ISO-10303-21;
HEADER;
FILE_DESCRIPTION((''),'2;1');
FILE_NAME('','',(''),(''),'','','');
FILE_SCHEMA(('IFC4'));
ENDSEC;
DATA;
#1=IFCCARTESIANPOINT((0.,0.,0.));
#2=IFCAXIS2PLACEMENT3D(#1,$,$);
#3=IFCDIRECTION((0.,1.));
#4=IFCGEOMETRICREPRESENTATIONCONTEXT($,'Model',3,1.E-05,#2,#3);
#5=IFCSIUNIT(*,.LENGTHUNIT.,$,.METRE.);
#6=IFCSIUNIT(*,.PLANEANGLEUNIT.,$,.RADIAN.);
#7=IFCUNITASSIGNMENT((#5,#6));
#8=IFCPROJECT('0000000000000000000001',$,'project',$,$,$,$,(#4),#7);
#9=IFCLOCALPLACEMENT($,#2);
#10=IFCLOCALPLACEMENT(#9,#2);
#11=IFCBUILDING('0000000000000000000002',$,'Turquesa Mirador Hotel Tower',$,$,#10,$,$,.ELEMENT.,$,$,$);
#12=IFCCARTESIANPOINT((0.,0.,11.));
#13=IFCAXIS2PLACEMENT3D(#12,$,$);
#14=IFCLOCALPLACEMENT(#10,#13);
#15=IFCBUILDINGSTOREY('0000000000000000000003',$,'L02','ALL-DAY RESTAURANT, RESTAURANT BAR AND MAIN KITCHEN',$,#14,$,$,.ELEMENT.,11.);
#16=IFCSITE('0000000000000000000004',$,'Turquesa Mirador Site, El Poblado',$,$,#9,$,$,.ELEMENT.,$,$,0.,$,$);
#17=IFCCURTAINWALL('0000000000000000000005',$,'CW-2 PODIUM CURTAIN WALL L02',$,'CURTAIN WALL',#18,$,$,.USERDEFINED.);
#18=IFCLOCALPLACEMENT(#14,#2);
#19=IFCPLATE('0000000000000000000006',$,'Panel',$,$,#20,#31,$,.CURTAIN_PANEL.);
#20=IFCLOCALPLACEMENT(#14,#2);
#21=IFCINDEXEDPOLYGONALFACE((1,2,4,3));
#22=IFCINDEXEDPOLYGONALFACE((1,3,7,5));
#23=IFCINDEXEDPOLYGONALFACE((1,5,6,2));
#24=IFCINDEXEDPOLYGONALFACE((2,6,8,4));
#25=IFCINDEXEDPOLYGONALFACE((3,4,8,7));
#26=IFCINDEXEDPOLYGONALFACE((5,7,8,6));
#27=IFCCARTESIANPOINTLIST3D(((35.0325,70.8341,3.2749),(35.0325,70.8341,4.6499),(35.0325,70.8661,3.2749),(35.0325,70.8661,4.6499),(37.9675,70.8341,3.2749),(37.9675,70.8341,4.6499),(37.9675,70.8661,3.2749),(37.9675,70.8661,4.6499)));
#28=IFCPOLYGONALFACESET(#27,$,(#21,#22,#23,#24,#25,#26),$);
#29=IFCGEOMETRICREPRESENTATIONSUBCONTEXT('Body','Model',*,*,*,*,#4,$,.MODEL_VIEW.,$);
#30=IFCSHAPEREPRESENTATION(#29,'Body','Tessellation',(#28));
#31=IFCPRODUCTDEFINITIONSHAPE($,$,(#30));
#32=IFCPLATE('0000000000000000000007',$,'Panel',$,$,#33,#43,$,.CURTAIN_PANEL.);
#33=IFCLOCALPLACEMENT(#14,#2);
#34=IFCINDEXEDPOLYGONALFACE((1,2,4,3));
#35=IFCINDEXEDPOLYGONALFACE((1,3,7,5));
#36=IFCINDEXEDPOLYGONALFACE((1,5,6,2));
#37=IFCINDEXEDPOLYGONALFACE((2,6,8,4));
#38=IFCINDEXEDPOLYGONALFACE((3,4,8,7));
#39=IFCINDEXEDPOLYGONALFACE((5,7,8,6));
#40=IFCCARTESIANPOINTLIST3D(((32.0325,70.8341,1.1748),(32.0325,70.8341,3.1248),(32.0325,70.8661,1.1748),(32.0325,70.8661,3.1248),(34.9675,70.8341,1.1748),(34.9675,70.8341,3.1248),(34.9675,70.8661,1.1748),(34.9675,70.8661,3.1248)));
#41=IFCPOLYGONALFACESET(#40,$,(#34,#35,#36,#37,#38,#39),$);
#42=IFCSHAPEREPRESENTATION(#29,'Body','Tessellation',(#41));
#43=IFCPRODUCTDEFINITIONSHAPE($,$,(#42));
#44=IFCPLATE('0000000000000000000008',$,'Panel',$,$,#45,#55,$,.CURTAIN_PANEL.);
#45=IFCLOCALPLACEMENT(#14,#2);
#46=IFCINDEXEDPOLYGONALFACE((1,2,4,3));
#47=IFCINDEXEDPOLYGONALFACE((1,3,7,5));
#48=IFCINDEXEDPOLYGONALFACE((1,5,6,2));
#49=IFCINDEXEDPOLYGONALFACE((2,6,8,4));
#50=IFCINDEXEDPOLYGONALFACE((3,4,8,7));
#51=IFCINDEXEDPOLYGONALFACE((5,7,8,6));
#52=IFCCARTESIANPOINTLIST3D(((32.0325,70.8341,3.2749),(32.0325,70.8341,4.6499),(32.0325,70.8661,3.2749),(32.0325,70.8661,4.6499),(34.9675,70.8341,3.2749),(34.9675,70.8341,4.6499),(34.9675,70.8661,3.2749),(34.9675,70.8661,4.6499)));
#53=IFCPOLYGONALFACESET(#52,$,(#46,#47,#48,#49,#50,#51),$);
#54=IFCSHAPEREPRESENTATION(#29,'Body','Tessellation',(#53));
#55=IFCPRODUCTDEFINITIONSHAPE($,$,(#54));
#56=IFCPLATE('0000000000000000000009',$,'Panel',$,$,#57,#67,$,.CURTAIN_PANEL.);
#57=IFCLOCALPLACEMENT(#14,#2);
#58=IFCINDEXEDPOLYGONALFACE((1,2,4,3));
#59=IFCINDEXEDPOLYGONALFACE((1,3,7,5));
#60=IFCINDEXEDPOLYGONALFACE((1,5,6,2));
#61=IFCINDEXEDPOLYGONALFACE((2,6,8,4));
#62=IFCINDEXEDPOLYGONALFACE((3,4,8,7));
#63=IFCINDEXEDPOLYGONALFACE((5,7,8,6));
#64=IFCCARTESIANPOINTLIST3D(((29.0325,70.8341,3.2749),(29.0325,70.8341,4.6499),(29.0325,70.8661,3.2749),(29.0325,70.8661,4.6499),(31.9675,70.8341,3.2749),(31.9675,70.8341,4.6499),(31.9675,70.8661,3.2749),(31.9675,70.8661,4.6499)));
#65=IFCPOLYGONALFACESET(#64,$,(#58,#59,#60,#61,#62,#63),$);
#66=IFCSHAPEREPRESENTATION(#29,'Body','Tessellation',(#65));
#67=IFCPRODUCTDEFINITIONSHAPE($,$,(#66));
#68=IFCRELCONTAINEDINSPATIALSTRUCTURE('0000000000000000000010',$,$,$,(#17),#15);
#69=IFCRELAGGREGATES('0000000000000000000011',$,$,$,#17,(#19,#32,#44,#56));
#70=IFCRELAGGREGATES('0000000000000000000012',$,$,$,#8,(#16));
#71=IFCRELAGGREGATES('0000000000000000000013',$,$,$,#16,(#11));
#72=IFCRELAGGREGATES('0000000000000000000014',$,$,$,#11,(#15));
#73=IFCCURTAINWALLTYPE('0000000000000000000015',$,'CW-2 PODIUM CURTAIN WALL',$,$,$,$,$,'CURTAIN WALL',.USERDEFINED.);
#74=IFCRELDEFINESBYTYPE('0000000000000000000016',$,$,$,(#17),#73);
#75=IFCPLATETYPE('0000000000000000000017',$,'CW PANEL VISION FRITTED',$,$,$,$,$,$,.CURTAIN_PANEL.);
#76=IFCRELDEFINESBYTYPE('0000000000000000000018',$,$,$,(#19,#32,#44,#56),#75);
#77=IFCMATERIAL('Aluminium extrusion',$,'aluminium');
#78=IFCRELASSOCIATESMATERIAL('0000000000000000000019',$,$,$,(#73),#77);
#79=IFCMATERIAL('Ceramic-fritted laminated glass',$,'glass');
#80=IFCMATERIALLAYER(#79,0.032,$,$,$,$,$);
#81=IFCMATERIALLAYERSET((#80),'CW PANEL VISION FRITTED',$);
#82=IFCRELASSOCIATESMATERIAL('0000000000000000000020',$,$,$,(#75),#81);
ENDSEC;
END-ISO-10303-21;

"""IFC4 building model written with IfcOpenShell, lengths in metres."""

from ifc_helpers import new_model, si_unit, direction, frame, origin, origin_2d, place, context, subcontext, project, spatial, rectangle, extrude, material, layer, layer_set, type_object, element, aggregate, save


model = new_model("IFC4")

# Units and contexts
model_context = context("Model", 3, precision=1e-05, world=origin(), true_north=direction((0.0, 1.0)))
body_context = subcontext(model_context, "Body", "Model", "MODEL_VIEW")
ifc_project = project(units=[si_unit("LENGTHUNIT", "METRE"), si_unit("PLANEANGLEUNIT", "RADIAN")], contexts=[model_context])

# Site, building, storey
site_placement = place(None, origin())
site = spatial("IfcSite", under=ifc_project, at=site_placement, Name="Turquesa Mirador Site, El Poblado", CompositionType="ELEMENT", RefElevation=0.0)
building_placement = place(site_placement, origin())
building = spatial("IfcBuilding", under=site, at=building_placement, Name="Turquesa Mirador Hotel Tower", CompositionType="ELEMENT")
storey_placement = place(building_placement, frame((0.0, 0.0, 11.0)))
storey = spatial("IfcBuildingStorey", under=building, at=storey_placement, Name="L02", Description="ALL-DAY RESTAURANT, RESTAURANT BAR AND MAIN KITCHEN", CompositionType="ELEMENT", Elevation=11.0)

# Curtain wall, plates
ifc_material_1 = material(Name="Aluminium extrusion", Category="aluminium")
curtain_wall_type = type_object("IfcCurtainWallType", Name="CW-2 PODIUM CURTAIN WALL", ElementType="CURTAIN WALL", PredefinedType="USERDEFINED", material=ifc_material_1)
curtain_wall_placement = place(storey_placement, origin())
curtain_wall = element("IfcCurtainWall", 1, at=curtain_wall_placement, inside=storey, type_object=curtain_wall_type, Name="CW-2 PODIUM CURTAIN WALL L02", ObjectType="CURTAIN WALL", PredefinedType="USERDEFINED")
ifc_material_2 = material(Name="Ceramic-fritted laminated glass", Category="glass")
ifc_layer_1 = layer(ifc_material_2, 0.032)
ifc_layer_set_1 = layer_set([ifc_layer_1], Name="CW PANEL VISION FRITTED")
plate_type_1 = type_object("IfcPlateType", Name="CW PANEL VISION FRITTED", PredefinedType="CURTAIN_PANEL", material=ifc_layer_set_1)
plate_1_placement = place(storey_placement, frame((36.5, 70.8501, 3.2749), z_axis=(0.0, 0.0, 1.0), x_axis=(-1.0, 0.0, 0.0)))
plate_1 = element("IfcPlate", 2, at=plate_1_placement, type_object=plate_type_1, Name="Panel", PredefinedType="CURTAIN_PANEL", context=body_context, shape_type="SweptSolid", body=[
    extrude(rectangle(XDim=2.9351, YDim=0.032, at=origin_2d()), origin(), (0.0, 0.0, 1.0), 1.375),
])
plate_2_placement = place(storey_placement, frame((33.5, 70.8501, 1.1748), z_axis=(0.0, 0.0, 1.0), x_axis=(-1.0, 0.0, 0.0)))
plate_2 = element("IfcPlate", 3, at=plate_2_placement, type_object=plate_type_1, Name="Panel", PredefinedType="CURTAIN_PANEL", context=body_context, shape_type="SweptSolid", body=[
    extrude(rectangle(XDim=2.9351, YDim=0.032, at=origin_2d()), origin(), (0.0, 0.0, 1.0), 1.95),
])
plate_3_placement = place(storey_placement, frame((33.5, 70.8501, 3.2749), z_axis=(0.0, 0.0, 1.0), x_axis=(-1.0, 0.0, 0.0)))
plate_3 = element("IfcPlate", 4, at=plate_3_placement, type_object=plate_type_1, Name="Panel", PredefinedType="CURTAIN_PANEL", context=body_context, shape_type="SweptSolid", body=[
    extrude(rectangle(XDim=2.9351, YDim=0.032, at=origin_2d()), origin(), (0.0, 0.0, 1.0), 1.375),
])
plate_4_placement = place(storey_placement, frame((30.5, 70.8501, 3.2749), z_axis=(0.0, 0.0, 1.0), x_axis=(-1.0, 0.0, 0.0)))
plate_4 = element("IfcPlate", 5, at=plate_4_placement, type_object=plate_type_1, Name="Panel", PredefinedType="CURTAIN_PANEL", context=body_context, shape_type="SweptSolid", body=[
    extrude(rectangle(XDim=2.9351, YDim=0.032, at=origin_2d()), origin(), (0.0, 0.0, 1.0), 1.375),
])
aggregate(curtain_wall, [plate_1, plate_2, plate_3, plate_4])

save(model, "model.ifc")
